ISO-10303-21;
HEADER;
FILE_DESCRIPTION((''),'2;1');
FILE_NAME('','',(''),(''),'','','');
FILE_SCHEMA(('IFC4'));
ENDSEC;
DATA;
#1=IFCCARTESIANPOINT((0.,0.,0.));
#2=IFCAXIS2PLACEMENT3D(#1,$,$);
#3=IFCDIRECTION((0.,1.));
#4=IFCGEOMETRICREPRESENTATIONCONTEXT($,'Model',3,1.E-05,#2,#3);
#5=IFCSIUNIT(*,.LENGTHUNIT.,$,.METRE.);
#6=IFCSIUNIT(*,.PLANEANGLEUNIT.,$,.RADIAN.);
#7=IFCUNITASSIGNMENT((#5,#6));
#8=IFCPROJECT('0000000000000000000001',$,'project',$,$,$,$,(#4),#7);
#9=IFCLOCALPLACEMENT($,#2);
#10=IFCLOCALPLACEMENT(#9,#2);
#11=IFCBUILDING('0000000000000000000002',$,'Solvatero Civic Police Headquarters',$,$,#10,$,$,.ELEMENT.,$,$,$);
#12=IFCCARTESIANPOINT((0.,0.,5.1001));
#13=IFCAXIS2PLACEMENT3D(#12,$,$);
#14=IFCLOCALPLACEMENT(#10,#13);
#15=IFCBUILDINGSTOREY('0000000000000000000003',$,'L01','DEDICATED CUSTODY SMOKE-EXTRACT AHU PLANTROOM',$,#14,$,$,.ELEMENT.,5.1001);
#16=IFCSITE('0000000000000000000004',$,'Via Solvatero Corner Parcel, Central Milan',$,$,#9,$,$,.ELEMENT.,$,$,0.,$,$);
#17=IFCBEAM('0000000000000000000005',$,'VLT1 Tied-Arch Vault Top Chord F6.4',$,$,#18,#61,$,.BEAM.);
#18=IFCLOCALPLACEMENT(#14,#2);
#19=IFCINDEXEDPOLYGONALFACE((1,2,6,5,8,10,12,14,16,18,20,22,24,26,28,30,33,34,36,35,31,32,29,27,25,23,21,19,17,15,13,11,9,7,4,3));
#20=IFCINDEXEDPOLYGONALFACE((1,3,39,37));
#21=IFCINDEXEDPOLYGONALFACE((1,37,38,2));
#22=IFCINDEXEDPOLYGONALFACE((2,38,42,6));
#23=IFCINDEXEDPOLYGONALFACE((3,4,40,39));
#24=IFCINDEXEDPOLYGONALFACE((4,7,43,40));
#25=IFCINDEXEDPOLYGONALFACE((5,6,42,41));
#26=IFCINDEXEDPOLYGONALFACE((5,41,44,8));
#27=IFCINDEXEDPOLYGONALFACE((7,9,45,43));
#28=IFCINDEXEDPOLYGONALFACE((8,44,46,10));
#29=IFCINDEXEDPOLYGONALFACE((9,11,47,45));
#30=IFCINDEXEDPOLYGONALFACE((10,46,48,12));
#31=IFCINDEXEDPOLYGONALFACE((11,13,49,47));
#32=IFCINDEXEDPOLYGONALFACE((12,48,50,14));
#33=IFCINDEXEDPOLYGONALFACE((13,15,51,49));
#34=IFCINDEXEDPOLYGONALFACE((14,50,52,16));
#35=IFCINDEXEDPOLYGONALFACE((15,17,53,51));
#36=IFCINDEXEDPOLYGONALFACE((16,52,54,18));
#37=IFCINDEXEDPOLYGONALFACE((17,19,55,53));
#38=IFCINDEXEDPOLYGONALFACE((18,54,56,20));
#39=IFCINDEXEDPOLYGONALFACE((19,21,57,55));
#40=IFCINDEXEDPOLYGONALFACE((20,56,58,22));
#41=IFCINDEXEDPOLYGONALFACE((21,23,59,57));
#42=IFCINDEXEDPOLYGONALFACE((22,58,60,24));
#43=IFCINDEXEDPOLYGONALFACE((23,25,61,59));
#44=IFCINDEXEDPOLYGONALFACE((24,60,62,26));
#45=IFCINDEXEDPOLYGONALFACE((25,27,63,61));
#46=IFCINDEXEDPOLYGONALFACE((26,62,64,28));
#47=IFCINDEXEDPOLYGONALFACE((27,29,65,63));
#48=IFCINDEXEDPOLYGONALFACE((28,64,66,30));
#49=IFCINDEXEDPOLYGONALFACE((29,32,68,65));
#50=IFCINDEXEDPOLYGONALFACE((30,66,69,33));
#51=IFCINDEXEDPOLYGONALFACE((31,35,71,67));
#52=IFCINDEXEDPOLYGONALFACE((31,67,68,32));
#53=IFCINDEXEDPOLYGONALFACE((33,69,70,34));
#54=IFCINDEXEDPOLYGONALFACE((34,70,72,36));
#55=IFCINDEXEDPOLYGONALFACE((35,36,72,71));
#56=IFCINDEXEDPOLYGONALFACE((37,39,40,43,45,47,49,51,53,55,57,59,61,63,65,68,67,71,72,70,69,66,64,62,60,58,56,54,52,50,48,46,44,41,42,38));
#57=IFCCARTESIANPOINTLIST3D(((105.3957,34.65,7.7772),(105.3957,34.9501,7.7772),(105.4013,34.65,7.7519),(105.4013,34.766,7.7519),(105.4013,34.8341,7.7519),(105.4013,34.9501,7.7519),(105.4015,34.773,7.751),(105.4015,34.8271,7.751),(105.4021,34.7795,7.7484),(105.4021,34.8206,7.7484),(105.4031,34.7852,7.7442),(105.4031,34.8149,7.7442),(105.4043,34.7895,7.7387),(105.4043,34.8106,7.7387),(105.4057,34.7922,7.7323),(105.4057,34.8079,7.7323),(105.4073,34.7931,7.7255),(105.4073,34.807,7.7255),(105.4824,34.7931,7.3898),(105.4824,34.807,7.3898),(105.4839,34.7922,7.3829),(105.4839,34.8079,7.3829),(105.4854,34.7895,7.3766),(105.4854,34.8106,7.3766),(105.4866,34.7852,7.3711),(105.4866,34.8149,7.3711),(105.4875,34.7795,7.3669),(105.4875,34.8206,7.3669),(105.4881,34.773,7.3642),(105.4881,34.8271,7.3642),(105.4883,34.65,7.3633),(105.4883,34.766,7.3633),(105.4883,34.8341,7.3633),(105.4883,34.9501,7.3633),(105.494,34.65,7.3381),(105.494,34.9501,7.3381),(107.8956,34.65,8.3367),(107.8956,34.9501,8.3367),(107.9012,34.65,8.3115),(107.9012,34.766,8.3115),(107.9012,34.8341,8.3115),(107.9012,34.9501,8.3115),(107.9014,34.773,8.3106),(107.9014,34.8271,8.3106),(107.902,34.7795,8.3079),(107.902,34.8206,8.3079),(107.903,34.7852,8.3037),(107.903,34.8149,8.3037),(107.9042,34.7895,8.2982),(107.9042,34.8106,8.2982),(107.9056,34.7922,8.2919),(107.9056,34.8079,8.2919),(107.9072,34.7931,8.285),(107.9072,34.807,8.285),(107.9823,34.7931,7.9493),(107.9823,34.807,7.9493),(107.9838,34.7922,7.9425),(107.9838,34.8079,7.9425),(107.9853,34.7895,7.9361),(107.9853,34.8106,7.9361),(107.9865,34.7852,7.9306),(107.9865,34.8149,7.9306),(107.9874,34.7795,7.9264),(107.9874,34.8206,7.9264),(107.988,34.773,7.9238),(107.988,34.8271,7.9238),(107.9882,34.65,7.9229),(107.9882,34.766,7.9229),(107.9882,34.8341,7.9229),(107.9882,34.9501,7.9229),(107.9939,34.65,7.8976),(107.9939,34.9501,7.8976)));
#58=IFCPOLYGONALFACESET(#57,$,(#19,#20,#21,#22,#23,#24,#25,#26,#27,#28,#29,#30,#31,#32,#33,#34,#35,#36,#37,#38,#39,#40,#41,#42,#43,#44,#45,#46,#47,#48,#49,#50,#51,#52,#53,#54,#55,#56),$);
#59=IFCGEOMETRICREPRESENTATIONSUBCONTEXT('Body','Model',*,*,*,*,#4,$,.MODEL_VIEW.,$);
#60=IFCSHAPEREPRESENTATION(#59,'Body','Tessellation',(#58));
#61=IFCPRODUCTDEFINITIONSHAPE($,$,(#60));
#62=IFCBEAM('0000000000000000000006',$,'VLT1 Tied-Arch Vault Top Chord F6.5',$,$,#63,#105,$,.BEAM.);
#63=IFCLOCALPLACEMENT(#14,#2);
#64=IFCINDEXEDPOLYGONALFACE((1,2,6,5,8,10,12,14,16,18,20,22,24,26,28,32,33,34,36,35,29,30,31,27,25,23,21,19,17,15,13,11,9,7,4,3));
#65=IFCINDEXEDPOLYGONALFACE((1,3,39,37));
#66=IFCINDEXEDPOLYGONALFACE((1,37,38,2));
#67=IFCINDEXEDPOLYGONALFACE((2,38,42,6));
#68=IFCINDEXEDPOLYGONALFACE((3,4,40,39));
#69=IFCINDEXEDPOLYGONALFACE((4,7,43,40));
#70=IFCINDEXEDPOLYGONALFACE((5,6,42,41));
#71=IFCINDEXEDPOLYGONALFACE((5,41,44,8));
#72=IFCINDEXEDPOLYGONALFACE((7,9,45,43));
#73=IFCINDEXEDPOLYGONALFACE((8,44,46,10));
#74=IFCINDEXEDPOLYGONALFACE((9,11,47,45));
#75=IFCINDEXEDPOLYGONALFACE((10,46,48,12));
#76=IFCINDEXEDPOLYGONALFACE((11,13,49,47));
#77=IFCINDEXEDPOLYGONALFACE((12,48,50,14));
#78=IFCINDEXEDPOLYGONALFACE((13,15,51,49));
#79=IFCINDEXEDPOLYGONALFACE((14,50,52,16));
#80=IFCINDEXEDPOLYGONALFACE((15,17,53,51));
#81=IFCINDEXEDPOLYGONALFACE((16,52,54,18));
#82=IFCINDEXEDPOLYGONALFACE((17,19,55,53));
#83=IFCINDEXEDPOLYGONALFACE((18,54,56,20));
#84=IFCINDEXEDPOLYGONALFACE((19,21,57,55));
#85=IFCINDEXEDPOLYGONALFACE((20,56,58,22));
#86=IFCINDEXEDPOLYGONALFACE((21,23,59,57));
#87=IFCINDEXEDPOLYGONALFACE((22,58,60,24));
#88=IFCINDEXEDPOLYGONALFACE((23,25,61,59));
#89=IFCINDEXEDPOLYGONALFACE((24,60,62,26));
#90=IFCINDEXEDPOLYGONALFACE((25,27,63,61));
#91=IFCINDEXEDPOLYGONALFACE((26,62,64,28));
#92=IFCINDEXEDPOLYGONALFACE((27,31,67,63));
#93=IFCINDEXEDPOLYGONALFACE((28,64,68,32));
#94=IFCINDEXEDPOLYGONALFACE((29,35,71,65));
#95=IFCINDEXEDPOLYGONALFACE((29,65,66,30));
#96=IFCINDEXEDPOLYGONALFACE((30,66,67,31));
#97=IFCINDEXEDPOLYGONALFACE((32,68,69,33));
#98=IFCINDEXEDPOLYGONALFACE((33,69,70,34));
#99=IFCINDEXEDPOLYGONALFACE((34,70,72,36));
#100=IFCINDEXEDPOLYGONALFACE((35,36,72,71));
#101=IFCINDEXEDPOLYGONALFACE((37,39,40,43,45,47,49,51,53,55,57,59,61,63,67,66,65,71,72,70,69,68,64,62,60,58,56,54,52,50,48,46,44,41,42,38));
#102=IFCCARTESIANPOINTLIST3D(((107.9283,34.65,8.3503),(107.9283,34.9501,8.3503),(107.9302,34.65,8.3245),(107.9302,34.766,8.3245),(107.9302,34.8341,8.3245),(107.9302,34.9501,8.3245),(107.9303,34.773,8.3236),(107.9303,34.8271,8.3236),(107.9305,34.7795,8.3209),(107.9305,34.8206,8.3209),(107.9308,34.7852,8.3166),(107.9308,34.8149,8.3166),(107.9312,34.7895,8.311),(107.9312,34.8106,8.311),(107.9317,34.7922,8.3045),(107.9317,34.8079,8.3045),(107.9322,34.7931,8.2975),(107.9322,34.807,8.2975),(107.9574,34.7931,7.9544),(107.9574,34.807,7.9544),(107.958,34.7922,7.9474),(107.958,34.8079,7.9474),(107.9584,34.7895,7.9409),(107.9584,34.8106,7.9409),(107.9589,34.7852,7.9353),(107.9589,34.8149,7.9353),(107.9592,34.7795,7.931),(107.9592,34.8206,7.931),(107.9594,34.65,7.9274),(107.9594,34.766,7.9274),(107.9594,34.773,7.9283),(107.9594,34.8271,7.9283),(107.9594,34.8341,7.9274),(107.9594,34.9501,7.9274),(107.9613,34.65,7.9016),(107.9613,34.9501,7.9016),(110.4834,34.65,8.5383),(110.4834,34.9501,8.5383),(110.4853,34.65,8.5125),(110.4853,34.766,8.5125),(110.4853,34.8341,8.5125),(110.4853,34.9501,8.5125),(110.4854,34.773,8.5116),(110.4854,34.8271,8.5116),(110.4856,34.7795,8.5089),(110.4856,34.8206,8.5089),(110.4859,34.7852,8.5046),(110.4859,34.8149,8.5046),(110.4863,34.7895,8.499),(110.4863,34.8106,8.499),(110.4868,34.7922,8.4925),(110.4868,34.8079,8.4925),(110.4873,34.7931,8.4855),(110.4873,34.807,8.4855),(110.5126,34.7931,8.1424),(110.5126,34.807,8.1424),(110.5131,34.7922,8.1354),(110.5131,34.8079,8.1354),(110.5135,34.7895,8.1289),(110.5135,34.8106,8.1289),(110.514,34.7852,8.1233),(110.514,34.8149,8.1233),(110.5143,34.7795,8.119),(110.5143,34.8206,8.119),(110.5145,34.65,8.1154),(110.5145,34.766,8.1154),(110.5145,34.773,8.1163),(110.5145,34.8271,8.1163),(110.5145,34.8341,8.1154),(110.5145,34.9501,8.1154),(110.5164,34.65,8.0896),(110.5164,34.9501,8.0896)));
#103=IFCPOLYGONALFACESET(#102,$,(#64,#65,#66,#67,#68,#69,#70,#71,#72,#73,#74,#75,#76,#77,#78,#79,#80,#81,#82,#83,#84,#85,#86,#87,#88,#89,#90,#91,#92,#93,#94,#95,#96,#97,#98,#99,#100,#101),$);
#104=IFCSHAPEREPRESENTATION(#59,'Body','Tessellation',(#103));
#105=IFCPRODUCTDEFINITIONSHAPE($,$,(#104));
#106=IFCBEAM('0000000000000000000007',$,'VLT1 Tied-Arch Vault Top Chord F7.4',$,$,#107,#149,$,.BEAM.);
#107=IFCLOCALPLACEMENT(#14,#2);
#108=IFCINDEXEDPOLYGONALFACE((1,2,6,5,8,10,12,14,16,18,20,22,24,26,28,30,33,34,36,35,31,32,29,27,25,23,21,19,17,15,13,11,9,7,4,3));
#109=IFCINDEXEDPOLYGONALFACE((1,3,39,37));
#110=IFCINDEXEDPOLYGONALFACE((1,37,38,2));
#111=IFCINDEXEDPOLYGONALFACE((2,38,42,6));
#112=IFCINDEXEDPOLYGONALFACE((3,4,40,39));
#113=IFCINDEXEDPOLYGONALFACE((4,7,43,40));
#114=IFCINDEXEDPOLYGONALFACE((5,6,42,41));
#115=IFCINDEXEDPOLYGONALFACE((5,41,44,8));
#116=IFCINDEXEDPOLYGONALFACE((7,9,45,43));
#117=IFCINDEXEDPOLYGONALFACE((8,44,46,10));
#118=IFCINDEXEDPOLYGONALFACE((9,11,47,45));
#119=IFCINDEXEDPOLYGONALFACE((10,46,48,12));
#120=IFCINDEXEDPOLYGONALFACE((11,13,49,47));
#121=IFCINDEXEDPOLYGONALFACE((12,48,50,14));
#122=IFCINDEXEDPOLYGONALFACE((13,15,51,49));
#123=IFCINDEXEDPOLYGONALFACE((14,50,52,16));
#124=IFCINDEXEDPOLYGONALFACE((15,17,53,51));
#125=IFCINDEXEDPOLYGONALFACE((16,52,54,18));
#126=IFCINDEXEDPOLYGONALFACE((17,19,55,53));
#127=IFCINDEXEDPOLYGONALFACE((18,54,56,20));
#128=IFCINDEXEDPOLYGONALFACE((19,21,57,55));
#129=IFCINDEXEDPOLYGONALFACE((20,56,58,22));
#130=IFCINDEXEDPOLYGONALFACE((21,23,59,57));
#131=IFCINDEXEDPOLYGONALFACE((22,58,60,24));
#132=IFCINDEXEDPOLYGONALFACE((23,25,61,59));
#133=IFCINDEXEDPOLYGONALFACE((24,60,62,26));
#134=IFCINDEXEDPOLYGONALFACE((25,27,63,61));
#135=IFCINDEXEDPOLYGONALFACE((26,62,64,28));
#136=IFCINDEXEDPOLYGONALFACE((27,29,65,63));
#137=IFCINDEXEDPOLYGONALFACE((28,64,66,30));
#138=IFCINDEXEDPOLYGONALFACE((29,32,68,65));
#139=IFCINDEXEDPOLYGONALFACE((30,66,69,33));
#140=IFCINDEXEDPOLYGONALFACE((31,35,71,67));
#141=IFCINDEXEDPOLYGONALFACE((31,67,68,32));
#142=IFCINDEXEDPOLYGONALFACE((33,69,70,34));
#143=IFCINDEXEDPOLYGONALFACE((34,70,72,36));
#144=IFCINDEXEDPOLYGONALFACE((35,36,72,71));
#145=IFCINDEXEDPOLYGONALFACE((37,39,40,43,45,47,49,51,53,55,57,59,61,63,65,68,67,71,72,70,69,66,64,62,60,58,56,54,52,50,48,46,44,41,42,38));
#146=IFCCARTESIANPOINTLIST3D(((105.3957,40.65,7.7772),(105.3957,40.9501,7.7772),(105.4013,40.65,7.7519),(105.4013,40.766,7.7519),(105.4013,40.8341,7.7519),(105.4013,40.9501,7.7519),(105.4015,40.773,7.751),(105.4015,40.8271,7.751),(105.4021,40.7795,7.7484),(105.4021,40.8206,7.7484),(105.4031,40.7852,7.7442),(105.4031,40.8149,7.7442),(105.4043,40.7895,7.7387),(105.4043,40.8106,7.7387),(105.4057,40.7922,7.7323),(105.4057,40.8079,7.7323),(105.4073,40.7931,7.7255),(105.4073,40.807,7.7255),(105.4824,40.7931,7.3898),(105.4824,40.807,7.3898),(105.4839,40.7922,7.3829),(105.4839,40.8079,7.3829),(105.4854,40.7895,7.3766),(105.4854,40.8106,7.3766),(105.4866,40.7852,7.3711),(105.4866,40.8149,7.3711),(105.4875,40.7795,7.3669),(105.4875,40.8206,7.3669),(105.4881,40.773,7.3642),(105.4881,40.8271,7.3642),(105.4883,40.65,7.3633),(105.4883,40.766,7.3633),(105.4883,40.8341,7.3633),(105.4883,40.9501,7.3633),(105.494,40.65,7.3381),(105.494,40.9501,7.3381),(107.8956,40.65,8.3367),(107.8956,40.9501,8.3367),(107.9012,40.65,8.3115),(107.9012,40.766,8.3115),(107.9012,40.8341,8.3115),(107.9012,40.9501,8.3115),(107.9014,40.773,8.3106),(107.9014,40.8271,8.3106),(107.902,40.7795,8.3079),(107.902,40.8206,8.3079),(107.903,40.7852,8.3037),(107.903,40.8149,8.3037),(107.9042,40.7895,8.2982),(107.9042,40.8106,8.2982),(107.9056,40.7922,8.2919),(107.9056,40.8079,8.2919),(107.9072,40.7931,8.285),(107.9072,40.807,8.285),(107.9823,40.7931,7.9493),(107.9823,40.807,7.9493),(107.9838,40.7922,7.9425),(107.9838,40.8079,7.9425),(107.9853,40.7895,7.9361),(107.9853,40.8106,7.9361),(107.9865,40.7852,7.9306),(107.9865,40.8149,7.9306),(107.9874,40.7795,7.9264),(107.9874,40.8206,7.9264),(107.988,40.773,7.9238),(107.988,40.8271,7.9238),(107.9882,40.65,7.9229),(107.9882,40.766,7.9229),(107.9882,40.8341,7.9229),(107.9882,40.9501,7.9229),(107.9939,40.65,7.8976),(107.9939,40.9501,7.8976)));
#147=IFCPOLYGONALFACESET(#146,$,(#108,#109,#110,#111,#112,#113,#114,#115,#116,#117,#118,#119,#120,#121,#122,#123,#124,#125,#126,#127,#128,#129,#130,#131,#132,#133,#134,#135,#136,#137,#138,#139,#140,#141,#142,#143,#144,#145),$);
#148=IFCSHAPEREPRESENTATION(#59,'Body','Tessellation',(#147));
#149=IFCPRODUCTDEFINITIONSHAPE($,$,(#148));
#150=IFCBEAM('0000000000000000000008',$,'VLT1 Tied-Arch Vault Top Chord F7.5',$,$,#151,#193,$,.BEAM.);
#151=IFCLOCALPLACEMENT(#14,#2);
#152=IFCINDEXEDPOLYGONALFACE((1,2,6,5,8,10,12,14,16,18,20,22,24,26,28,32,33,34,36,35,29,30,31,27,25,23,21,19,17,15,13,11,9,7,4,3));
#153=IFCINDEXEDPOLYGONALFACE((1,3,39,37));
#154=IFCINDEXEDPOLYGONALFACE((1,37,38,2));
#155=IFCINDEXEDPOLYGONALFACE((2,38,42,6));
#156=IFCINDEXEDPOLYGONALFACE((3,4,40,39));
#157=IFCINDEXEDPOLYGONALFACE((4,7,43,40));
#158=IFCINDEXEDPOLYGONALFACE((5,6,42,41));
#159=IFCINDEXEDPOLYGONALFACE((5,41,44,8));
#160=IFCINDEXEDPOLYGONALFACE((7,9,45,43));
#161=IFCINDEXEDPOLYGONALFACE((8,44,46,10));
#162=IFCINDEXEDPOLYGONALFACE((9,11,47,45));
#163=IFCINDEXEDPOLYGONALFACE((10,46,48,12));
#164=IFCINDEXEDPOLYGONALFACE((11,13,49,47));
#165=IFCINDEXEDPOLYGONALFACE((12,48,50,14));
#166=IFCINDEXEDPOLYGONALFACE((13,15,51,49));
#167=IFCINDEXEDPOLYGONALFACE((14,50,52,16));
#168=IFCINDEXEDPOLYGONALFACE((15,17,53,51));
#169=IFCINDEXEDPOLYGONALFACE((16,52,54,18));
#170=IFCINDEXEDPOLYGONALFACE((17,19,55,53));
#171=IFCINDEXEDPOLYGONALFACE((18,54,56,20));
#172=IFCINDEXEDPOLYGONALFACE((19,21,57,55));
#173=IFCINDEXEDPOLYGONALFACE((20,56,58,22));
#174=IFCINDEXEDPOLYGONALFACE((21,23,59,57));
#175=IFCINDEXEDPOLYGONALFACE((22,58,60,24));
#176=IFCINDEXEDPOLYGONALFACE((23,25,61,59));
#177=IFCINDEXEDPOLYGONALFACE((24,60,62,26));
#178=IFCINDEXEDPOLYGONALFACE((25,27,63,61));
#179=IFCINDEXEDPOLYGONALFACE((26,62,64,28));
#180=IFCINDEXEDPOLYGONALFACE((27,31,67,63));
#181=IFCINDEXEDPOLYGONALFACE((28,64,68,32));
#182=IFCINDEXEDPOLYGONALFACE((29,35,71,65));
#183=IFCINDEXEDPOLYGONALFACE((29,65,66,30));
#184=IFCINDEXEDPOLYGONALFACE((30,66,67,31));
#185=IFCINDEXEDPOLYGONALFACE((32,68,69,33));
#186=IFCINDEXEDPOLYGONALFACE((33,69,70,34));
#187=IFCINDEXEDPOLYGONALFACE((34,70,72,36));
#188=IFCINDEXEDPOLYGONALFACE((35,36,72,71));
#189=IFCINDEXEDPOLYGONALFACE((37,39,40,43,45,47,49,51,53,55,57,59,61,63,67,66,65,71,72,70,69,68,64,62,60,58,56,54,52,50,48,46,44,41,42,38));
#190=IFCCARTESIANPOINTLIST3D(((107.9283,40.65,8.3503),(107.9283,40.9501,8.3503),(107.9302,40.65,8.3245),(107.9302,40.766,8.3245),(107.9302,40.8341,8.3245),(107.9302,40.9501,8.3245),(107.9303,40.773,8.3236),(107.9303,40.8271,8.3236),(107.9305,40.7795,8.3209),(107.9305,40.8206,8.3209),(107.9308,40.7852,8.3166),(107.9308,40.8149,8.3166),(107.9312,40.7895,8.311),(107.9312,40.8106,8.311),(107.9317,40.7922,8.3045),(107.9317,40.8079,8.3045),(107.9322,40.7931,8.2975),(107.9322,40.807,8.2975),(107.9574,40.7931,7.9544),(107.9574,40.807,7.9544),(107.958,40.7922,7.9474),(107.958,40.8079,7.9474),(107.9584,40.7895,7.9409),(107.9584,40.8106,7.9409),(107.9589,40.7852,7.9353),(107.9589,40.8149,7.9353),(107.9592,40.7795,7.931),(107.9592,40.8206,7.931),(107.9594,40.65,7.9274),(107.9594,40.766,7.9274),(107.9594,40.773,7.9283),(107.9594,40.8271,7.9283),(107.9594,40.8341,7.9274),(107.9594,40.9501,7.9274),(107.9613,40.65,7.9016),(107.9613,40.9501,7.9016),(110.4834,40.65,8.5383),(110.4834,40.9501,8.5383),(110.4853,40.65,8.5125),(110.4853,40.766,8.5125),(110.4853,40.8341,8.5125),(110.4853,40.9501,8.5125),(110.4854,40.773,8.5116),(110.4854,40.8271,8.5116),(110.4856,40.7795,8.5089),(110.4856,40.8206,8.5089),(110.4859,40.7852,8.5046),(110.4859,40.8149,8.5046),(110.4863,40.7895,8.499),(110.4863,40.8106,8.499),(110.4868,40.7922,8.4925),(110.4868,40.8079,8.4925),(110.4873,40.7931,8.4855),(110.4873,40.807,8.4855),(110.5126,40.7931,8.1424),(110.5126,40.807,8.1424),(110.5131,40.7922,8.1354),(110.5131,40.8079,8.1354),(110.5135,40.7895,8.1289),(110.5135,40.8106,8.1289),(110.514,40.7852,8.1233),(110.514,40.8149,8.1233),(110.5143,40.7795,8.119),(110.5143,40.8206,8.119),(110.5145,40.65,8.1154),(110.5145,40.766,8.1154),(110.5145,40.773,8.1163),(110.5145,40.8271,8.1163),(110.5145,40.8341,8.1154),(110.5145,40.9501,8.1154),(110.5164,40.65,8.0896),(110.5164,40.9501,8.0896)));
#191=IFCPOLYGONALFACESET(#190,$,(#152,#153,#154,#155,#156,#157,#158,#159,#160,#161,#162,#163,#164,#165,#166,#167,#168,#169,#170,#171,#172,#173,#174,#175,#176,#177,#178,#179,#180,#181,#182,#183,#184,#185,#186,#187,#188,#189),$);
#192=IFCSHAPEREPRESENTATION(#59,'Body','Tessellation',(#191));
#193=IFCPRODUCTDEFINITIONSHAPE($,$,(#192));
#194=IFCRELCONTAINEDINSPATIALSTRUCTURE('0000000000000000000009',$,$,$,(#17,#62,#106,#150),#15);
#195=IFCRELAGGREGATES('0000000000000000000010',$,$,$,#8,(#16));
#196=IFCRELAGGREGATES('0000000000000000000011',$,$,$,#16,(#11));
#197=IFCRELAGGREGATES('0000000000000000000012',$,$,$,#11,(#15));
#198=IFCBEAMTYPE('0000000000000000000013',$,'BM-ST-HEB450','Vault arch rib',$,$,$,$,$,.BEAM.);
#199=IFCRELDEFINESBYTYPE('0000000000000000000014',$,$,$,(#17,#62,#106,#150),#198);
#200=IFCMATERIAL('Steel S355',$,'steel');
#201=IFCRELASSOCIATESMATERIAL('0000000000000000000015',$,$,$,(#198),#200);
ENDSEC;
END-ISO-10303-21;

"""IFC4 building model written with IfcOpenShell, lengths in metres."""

from ifc_helpers import new_model, si_unit, direction, frame, origin, origin_2d, place, context, subcontext, project, spatial, i_section, extrude, material, material_profile, profile_set, type_object, element, save


model = new_model("IFC4")

# Units and contexts
model_context = context("Model", 3, precision=1e-05, world=origin(), true_north=direction((0.0, 1.0)))
body_context = subcontext(model_context, "Body", "Model", "MODEL_VIEW")
ifc_project = project(units=[si_unit("LENGTHUNIT", "METRE"), si_unit("PLANEANGLEUNIT", "RADIAN")], contexts=[model_context])

# Site, building, storey
site_placement = place(None, origin())
site = spatial("IfcSite", under=ifc_project, at=site_placement, Name="Via Solvatero Corner Parcel, Central Milan", CompositionType="ELEMENT", RefElevation=0.0)
building_placement = place(site_placement, origin())
building = spatial("IfcBuilding", under=site, at=building_placement, Name="Solvatero Civic Police Headquarters", CompositionType="ELEMENT")
storey_placement = place(building_placement, frame((0.0, 0.0, 5.1001)))
storey = spatial("IfcBuildingStorey", under=building, at=storey_placement, Name="L01", Description="DEDICATED CUSTODY SMOKE-EXTRACT AHU PLANTROOM", CompositionType="ELEMENT", Elevation=5.1001)

# Beams
ifc_material = material(Name="Steel S355", Category="steel")
ifc_material_profile_1 = material_profile(ifc_material, i_section(OverallWidth=0.3, OverallDepth=0.45, WebThickness=0.0139, FlangeThickness=0.0259, FilletRadius=0.0271, at=origin_2d()), Name="HEB 450")
ifc_profile_set_1 = profile_set([ifc_material_profile_1], Name="Steel S355")
beam_type_1 = type_object("IfcBeamType", Name="BM-ST-HEB450", Description="Vault arch rib", PredefinedType="BEAM", material=ifc_profile_set_1)
beam_1_placement = place(storey_placement, frame((105.4448, 34.8, 7.5576), z_axis=(0.975854, 0.0, 0.218424), x_axis=(0.0, 1.0, 0.0)))
element("IfcBeam", 1, at=beam_1_placement, inside=storey, type_object=beam_type_1, Name="VLT1 Tied-Arch Vault Top Chord F6.4", PredefinedType="BEAM", context=body_context, shape_type="SweptSolid", body=[
    extrude(i_section(OverallWidth=0.3, OverallDepth=0.45, WebThickness=0.0139, FlangeThickness=0.0259, FilletRadius=0.0271, at=origin_2d()), origin(), (0.0, 0.0, 1.0), 2.5618),
])
beam_2_placement = place(storey_placement, frame((107.9448, 34.8, 8.126), z_axis=(0.997305, 0.0, 0.073373), x_axis=(0.0, 1.0, 0.0)))
element("IfcBeam", 2, at=beam_2_placement, inside=storey, type_object=beam_type_1, Name="VLT1 Tied-Arch Vault Top Chord F6.5", PredefinedType="BEAM", context=body_context, shape_type="SweptSolid", body=[
    extrude(i_section(OverallWidth=0.3, OverallDepth=0.45, WebThickness=0.0139, FlangeThickness=0.0259, FilletRadius=0.0271, at=origin_2d()), origin(), (0.0, 0.0, 1.0), 2.562),
])
beam_3_placement = place(storey_placement, frame((105.4448, 40.8, 7.5576), z_axis=(0.975854, 0.0, 0.218424), x_axis=(0.0, 1.0, 0.0)))
element("IfcBeam", 3, at=beam_3_placement, inside=storey, type_object=beam_type_1, Name="VLT1 Tied-Arch Vault Top Chord F7.4", PredefinedType="BEAM", context=body_context, shape_type="SweptSolid", body=[
    extrude(i_section(OverallWidth=0.3, OverallDepth=0.45, WebThickness=0.0139, FlangeThickness=0.0259, FilletRadius=0.0271, at=origin_2d()), origin(), (0.0, 0.0, 1.0), 2.5618),
])
beam_4_placement = place(storey_placement, frame((107.9448, 40.8, 8.126), z_axis=(0.997305, 0.0, 0.073373), x_axis=(0.0, 1.0, 0.0)))
element("IfcBeam", 4, at=beam_4_placement, inside=storey, type_object=beam_type_1, Name="VLT1 Tied-Arch Vault Top Chord F7.5", PredefinedType="BEAM", context=body_context, shape_type="SweptSolid", body=[
    extrude(i_section(OverallWidth=0.3, OverallDepth=0.45, WebThickness=0.0139, FlangeThickness=0.0259, FilletRadius=0.0271, at=origin_2d()), origin(), (0.0, 0.0, 1.0), 2.562),
])

save(model, "model.ifc")
